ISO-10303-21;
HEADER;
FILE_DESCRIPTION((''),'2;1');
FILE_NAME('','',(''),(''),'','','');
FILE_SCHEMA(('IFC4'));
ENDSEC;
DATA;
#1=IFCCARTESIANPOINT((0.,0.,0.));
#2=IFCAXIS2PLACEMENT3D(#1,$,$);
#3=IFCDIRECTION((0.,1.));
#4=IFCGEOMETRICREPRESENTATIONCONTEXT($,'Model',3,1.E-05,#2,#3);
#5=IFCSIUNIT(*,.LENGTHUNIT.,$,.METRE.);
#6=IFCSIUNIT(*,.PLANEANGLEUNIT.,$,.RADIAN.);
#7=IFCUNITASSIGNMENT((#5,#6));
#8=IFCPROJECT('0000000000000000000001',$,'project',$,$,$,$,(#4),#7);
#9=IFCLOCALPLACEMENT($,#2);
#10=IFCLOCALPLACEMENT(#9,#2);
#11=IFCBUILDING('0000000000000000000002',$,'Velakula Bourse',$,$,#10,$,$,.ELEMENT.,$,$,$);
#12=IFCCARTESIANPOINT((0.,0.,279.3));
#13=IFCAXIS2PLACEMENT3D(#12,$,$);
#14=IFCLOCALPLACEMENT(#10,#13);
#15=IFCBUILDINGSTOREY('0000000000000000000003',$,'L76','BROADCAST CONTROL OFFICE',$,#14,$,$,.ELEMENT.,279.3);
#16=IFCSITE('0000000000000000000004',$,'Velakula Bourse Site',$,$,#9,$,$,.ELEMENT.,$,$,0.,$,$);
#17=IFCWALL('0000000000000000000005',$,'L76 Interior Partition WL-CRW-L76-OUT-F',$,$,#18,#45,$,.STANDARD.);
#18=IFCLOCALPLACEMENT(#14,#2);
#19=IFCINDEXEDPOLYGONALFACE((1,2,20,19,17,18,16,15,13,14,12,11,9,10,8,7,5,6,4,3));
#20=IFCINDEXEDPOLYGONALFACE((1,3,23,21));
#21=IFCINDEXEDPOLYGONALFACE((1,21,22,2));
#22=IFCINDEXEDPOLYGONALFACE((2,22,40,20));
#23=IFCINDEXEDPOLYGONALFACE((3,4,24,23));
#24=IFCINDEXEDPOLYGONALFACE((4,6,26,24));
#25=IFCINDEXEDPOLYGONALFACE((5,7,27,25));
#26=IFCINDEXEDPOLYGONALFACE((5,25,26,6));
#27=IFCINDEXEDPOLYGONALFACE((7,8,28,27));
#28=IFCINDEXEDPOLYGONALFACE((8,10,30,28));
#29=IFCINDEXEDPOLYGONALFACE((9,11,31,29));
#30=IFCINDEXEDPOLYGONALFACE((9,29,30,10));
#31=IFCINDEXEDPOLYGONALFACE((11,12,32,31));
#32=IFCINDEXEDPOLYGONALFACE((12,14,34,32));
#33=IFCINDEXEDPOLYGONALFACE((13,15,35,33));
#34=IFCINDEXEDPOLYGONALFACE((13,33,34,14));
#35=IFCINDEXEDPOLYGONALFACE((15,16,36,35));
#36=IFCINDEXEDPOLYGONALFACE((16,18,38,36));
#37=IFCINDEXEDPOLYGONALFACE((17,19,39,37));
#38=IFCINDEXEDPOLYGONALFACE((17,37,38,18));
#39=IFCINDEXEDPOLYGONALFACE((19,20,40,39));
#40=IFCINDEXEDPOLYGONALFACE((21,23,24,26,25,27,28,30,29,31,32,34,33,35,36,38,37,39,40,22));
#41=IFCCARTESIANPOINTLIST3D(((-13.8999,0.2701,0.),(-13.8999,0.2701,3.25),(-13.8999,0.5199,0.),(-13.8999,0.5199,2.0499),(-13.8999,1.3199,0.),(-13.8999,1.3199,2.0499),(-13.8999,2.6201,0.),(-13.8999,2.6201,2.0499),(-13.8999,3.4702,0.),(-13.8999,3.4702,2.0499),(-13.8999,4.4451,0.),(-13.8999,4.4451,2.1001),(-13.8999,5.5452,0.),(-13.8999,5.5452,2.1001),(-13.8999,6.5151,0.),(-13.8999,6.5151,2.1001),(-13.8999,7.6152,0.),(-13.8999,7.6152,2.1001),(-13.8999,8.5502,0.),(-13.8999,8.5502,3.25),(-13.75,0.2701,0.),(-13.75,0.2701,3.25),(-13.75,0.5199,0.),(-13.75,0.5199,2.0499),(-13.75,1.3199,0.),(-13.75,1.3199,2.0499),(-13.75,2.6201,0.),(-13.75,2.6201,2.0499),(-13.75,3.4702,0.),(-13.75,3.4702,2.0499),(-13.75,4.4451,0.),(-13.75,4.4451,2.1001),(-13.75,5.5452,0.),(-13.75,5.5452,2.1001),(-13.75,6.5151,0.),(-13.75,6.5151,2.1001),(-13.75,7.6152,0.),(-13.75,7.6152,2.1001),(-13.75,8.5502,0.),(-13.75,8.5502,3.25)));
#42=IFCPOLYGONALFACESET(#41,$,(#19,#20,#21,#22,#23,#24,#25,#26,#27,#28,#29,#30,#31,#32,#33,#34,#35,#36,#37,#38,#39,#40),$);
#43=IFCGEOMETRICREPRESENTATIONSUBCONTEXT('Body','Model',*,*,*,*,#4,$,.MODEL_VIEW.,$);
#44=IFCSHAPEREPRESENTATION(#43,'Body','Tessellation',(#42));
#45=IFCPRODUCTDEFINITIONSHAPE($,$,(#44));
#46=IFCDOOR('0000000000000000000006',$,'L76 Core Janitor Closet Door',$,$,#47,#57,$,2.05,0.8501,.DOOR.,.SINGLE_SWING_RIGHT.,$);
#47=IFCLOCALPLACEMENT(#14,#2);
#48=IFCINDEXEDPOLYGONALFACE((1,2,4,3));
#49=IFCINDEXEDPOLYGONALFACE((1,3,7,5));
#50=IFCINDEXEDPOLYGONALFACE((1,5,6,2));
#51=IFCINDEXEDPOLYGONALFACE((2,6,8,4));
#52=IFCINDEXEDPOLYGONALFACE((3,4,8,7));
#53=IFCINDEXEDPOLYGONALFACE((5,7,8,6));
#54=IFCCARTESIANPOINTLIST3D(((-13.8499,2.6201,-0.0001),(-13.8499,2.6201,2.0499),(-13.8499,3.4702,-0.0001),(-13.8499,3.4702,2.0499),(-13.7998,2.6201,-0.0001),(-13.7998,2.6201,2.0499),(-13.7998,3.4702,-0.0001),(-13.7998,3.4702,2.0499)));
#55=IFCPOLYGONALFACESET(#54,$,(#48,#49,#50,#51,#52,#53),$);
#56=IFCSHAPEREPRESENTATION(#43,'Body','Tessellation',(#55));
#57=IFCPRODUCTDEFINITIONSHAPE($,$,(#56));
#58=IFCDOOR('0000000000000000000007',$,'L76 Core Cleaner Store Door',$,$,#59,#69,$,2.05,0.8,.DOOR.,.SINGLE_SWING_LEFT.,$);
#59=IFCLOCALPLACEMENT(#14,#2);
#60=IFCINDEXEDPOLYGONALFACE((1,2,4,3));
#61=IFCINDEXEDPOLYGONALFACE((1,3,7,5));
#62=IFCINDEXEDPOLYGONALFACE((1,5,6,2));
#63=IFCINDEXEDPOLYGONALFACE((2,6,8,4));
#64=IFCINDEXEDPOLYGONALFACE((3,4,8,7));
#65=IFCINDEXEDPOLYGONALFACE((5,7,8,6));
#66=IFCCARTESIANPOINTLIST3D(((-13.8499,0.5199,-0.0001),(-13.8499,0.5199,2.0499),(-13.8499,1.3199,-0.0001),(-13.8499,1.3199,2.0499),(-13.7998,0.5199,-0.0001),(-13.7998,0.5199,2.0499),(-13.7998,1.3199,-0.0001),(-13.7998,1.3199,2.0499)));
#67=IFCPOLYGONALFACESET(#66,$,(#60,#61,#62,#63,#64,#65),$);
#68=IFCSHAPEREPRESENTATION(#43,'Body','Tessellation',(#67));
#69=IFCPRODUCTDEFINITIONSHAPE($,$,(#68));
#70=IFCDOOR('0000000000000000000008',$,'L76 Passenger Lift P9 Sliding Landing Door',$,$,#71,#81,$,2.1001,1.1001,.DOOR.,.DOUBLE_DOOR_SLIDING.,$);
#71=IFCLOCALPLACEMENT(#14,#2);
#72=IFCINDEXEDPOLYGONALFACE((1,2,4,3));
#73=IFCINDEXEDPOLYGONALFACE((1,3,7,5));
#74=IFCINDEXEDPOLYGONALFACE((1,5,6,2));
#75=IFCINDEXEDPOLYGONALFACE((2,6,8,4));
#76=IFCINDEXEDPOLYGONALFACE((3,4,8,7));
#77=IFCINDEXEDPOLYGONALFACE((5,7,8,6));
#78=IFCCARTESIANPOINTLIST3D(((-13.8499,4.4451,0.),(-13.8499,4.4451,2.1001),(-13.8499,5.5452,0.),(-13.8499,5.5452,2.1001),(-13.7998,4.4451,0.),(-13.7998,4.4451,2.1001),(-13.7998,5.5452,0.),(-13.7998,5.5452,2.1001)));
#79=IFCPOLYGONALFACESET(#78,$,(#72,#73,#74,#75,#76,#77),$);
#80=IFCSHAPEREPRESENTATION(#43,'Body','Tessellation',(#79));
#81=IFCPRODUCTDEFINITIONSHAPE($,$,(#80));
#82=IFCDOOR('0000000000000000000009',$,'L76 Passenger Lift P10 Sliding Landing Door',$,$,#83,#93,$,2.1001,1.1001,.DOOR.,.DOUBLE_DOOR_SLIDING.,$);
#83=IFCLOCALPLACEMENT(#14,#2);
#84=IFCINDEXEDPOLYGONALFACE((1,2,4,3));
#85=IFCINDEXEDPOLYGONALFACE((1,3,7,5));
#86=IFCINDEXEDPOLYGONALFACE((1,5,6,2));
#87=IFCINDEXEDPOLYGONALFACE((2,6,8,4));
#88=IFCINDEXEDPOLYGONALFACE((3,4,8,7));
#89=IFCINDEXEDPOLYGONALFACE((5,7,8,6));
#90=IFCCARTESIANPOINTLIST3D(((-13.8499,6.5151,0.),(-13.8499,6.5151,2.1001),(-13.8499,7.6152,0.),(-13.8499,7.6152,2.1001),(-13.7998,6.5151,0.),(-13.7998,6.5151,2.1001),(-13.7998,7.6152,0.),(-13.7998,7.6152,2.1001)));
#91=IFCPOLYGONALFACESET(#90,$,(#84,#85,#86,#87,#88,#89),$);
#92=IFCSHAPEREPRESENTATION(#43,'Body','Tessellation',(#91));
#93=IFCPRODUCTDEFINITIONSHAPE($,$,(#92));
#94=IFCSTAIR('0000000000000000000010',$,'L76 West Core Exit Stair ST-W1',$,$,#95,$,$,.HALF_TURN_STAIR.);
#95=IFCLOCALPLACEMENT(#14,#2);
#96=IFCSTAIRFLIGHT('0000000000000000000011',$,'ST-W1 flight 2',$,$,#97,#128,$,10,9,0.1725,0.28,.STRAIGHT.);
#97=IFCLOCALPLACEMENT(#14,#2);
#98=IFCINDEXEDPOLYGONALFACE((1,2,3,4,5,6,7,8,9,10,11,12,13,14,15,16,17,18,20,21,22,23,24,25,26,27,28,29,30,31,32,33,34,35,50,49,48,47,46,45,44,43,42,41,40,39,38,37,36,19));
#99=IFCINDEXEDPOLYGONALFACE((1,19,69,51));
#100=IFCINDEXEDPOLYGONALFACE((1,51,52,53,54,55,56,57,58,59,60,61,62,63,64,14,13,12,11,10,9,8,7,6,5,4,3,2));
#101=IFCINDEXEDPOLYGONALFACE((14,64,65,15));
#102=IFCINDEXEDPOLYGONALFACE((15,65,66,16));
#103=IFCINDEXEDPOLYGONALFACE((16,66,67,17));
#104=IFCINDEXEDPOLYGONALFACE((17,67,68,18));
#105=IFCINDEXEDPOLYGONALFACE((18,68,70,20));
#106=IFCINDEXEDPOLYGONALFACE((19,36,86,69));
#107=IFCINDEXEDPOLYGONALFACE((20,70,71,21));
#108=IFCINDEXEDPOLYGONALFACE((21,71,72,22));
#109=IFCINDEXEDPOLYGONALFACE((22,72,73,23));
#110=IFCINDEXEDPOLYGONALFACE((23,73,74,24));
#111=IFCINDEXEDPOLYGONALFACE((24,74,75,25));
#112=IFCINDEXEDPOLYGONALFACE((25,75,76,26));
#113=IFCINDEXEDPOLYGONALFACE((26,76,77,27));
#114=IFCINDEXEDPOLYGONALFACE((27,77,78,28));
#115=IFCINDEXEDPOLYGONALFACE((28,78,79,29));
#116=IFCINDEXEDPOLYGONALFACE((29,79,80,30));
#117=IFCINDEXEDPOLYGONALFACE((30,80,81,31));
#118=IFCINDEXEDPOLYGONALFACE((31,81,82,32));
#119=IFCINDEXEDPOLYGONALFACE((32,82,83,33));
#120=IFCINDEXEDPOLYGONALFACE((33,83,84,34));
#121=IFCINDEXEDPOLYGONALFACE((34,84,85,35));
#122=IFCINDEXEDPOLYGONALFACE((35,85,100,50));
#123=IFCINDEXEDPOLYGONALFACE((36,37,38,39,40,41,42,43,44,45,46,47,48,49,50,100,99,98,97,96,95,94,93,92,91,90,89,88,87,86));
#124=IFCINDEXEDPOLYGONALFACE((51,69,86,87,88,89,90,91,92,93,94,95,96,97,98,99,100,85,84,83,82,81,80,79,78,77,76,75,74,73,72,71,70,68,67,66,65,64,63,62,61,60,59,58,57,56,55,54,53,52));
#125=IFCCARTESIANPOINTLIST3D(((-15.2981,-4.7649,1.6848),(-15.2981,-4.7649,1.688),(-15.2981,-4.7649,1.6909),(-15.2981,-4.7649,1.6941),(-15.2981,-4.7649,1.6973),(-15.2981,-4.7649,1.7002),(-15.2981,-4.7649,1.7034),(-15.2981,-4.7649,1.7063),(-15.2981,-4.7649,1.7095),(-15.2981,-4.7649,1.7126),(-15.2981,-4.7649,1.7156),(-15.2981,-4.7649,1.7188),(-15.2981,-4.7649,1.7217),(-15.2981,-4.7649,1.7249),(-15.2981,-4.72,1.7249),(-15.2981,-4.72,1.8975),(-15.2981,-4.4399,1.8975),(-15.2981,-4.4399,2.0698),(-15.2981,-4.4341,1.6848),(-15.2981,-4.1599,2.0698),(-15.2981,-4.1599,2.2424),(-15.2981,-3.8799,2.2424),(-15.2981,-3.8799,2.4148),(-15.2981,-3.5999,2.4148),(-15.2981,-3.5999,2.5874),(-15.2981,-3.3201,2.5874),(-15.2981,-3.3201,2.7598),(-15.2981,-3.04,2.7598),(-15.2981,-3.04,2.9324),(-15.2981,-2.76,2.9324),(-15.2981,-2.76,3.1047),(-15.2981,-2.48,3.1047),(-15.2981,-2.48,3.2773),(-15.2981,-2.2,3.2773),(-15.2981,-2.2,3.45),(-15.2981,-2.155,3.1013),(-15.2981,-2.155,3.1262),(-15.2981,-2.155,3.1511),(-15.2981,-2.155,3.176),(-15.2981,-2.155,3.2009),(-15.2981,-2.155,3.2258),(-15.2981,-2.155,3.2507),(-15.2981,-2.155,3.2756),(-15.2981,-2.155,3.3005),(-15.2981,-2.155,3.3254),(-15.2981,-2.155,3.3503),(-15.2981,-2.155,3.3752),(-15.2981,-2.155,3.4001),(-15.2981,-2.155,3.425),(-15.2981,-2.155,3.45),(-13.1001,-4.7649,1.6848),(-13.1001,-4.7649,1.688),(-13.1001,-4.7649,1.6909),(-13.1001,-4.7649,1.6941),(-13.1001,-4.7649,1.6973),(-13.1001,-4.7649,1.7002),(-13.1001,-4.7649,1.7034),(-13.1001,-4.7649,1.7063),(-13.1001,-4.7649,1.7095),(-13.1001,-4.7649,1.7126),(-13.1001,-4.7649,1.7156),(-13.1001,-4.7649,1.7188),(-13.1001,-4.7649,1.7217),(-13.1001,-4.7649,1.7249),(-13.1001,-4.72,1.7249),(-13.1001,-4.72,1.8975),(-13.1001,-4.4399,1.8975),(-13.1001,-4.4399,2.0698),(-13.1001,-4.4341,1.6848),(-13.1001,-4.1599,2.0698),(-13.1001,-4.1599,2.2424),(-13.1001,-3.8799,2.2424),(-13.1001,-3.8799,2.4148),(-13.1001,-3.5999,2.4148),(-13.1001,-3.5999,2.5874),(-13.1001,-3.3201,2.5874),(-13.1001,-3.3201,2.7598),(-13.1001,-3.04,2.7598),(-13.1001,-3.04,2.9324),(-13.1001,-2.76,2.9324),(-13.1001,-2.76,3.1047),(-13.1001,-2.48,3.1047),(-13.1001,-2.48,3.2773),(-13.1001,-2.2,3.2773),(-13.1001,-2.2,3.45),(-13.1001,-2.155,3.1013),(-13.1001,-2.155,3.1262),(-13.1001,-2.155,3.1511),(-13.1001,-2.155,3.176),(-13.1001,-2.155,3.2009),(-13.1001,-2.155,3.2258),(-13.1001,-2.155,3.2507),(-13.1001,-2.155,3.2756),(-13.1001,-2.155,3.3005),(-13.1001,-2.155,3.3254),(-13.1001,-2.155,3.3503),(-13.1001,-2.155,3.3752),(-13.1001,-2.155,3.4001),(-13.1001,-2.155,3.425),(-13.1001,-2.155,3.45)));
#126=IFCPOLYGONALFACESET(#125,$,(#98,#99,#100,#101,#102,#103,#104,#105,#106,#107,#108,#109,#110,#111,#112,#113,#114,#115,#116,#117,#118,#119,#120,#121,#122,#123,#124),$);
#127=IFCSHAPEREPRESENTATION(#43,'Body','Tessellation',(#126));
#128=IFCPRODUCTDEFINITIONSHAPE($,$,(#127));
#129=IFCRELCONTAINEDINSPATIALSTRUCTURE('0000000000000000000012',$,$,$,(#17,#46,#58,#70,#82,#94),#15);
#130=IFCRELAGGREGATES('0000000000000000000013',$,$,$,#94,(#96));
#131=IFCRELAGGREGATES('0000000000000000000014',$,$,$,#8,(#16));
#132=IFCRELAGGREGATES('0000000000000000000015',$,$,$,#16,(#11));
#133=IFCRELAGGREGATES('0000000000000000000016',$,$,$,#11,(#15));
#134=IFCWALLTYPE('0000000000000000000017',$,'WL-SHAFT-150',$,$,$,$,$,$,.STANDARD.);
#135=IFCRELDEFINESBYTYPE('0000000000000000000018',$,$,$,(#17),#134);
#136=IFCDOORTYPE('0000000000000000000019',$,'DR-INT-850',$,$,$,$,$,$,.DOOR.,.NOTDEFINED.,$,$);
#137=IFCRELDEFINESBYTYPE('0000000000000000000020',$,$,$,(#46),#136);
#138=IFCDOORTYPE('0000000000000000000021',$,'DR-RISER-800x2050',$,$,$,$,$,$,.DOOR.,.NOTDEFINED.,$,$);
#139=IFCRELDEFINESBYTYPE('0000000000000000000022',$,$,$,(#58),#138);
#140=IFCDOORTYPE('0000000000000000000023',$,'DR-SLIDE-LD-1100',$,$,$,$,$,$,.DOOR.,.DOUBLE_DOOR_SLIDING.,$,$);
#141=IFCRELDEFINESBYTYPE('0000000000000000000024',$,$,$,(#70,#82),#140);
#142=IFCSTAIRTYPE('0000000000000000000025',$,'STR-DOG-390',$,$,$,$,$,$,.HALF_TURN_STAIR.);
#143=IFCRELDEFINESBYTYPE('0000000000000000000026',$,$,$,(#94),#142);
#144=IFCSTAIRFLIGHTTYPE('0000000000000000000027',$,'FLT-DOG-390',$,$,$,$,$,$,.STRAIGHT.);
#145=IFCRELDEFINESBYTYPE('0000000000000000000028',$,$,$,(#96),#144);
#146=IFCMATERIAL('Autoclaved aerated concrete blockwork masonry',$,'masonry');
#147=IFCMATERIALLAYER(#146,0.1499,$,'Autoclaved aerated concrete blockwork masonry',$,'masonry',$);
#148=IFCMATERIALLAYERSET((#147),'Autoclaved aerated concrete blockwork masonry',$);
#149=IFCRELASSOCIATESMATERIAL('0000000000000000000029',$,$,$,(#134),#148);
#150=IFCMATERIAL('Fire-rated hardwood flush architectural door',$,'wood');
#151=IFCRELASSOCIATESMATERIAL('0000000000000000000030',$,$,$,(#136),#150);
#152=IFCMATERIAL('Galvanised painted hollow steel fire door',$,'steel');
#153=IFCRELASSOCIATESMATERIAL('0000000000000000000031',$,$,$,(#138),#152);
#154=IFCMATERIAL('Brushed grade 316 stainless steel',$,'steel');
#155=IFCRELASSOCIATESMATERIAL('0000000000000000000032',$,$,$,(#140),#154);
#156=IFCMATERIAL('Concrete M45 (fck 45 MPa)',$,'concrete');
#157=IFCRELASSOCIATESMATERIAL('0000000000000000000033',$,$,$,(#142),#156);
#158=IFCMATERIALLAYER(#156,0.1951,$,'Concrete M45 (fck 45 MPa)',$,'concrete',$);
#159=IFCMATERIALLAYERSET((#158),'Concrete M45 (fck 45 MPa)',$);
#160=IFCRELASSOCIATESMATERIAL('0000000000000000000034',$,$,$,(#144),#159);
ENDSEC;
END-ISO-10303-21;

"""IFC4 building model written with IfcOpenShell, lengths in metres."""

from ifc_helpers import new_model, si_unit, direction, frame, frame_2d, origin, place, context, subcontext, project, spatial, polyline, rectangle, outline, extrude, material, layer, layer_set, type_object, element, fill, aggregate, save


model = new_model("IFC4")

# Units and contexts
model_context = context("Model", 3, precision=1e-05, world=origin(), true_north=direction((0.0, 1.0)))
body_context = subcontext(model_context, "Body", "Model", "MODEL_VIEW")
ifc_project = project(units=[si_unit("LENGTHUNIT", "METRE"), si_unit("PLANEANGLEUNIT", "RADIAN")], contexts=[model_context])

# Site, building, storey
site_placement = place(None, origin())
site = spatial("IfcSite", under=ifc_project, at=site_placement, Name="Velakula Bourse Site", CompositionType="ELEMENT", RefElevation=0.0)
building_placement = place(site_placement, origin())
building = spatial("IfcBuilding", under=site, at=building_placement, Name="Velakula Bourse", CompositionType="ELEMENT")
storey_placement = place(building_placement, frame((0.0, 0.0, 279.3)))
storey = spatial("IfcBuildingStorey", under=building, at=storey_placement, Name="L76", Description="BROADCAST CONTROL OFFICE", CompositionType="ELEMENT", Elevation=279.3)

# Shared definitions
ifc_material_1 = material(Name="Fire-rated hardwood flush architectural door", Category="wood")

# Shared definitions
ifc_material_2 = material(Name="Autoclaved aerated concrete blockwork masonry", Category="masonry")
ifc_layer_1 = layer(ifc_material_2, 0.1499, Name="Autoclaved aerated concrete blockwork masonry", Category="masonry")
ifc_layer_set_1 = layer_set([ifc_layer_1], Name="Autoclaved aerated concrete blockwork masonry")
wall_type_1 = type_object("IfcWallType", Name="WL-SHAFT-150", PredefinedType="STANDARD", material=ifc_layer_set_1)

# Wall, openings, doors
wall_1_placement = place(storey_placement, frame((-13.825, 0.27, 0.0), z_axis=(0.0, 0.0, 1.0), x_axis=(0.0, 1.0, 0.0)))
wall_1 = element("IfcWall", 1, at=wall_1_placement, inside=storey, type_object=wall_type_1, Name="L76 Interior Partition WL-CRW-L76-OUT-F", PredefinedType="STANDARD", context=body_context, shape_type="SweptSolid", body=[
    extrude(rectangle(XDim=8.28, YDim=0.1499, at=frame_2d((4.1401, 0.0))), origin(), (0.0, 0.0, 1.0), 3.25),
])
opening_1_placement = place(wall_1_placement, frame((4.175, 0.0, 0.0)))
opening_1 = element("IfcOpeningElement", 2, at=opening_1_placement, cuts=wall_1, PredefinedType="OPENING", context=body_context, shape_type="SweptSolid", body=[
    extrude(rectangle(XDim=1.1001, YDim=2.1001, at=frame_2d((0.55, 1.05))), frame((0.0, 0.085, 0.0), z_axis=(0.0, -1.0, 0.0), x_axis=(1.0, 0.0, 0.0)), (0.0, 0.0, 1.0), 0.1699),
])
opening_2_placement = place(wall_1_placement, frame((6.2451, 0.0, 0.0)))
opening_2 = element("IfcOpeningElement", 3, at=opening_2_placement, cuts=wall_1, PredefinedType="OPENING", context=body_context, shape_type="SweptSolid", body=[
    extrude(rectangle(XDim=1.1001, YDim=2.1001, at=frame_2d((0.55, 1.05))), frame((0.0, 0.085, 0.0), z_axis=(0.0, -1.0, 0.0), x_axis=(1.0, 0.0, 0.0)), (0.0, 0.0, 1.0), 0.1699),
])
opening_3_placement = place(wall_1_placement, frame((0.25, 0.0, 0.0)))
opening_3 = element("IfcOpeningElement", 4, at=opening_3_placement, cuts=wall_1, PredefinedType="OPENING", context=body_context, shape_type="SweptSolid", body=[
    extrude(rectangle(XDim=0.8, YDim=2.05, at=frame_2d((0.3999, 1.0249))), frame((0.0, 0.085, 0.0), z_axis=(0.0, -1.0, 0.0), x_axis=(1.0, 0.0, 0.0)), (0.0, 0.0, 1.0), 0.1699),
])
opening_4_placement = place(wall_1_placement, frame((2.3501, 0.0, 0.0)))
opening_4 = element("IfcOpeningElement", 5, at=opening_4_placement, cuts=wall_1, PredefinedType="OPENING", context=body_context, shape_type="SweptSolid", body=[
    extrude(rectangle(XDim=0.8501, YDim=2.05, at=frame_2d((0.425, 1.0249))), frame((0.0, 0.085, 0.0), z_axis=(0.0, -1.0, 0.0), x_axis=(1.0, 0.0, 0.0)), (0.0, 0.0, 1.0), 0.1699),
])
door_type_1 = type_object("IfcDoorType", Name="DR-INT-850", OperationType="NOTDEFINED", PredefinedType="DOOR", material=ifc_material_1)
door_1_placement = place(opening_4_placement, origin())
door_1 = element("IfcDoor", 6, at=door_1_placement, inside=storey, type_object=door_type_1, Name="L76 Core Janitor Closet Door", OperationType="SINGLE_SWING_RIGHT", OverallHeight=2.05, OverallWidth=0.8501, PredefinedType="DOOR", context=body_context, shape_type="SweptSolid", body=[
    extrude(rectangle(XDim=0.8501, YDim=2.05, at=frame_2d((0.425, 1.0249))), frame((0.0, 0.0249, 0.0), z_axis=(0.0, -1.0, 0.0), x_axis=(1.0, 0.0, 0.0)), (0.0, 0.0, 1.0), 0.05),
])
fill(opening_4, door_1)
ifc_material_3 = material(Name="Galvanised painted hollow steel fire door", Category="steel")
door_type_2 = type_object("IfcDoorType", Name="DR-RISER-800x2050", OperationType="NOTDEFINED", PredefinedType="DOOR", material=ifc_material_3)
door_2_placement = place(opening_3_placement, origin())
door_2 = element("IfcDoor", 7, at=door_2_placement, inside=storey, type_object=door_type_2, Name="L76 Core Cleaner Store Door", OperationType="SINGLE_SWING_LEFT", OverallHeight=2.05, OverallWidth=0.8, PredefinedType="DOOR", context=body_context, shape_type="SweptSolid", body=[
    extrude(rectangle(XDim=0.8, YDim=2.05, at=frame_2d((0.3999, 1.0249))), frame((0.0, 0.0249, 0.0), z_axis=(0.0, -1.0, 0.0), x_axis=(1.0, 0.0, 0.0)), (0.0, 0.0, 1.0), 0.05),
])
fill(opening_3, door_2)
ifc_material_4 = material(Name="Brushed grade 316 stainless steel", Category="steel")
door_type_3 = type_object("IfcDoorType", Name="DR-SLIDE-LD-1100", OperationType="DOUBLE_DOOR_SLIDING", PredefinedType="DOOR", material=ifc_material_4)
door_3_placement = place(opening_1_placement, origin())
door_3 = element("IfcDoor", 8, at=door_3_placement, inside=storey, type_object=door_type_3, Name="L76 Passenger Lift P9 Sliding Landing Door", OperationType="DOUBLE_DOOR_SLIDING", OverallHeight=2.1001, OverallWidth=1.1001, PredefinedType="DOOR", context=body_context, shape_type="SweptSolid", body=[
    extrude(rectangle(XDim=1.1001, YDim=2.1001, at=frame_2d((0.55, 1.05))), frame((0.0, 0.0249, 0.0), z_axis=(0.0, -1.0, 0.0), x_axis=(1.0, 0.0, 0.0)), (0.0, 0.0, 1.0), 0.05),
])
fill(opening_1, door_3)
door_4_placement = place(opening_2_placement, origin())
door_4 = element("IfcDoor", 9, at=door_4_placement, inside=storey, type_object=door_type_3, Name="L76 Passenger Lift P10 Sliding Landing Door", OperationType="DOUBLE_DOOR_SLIDING", OverallHeight=2.1001, OverallWidth=1.1001, PredefinedType="DOOR", context=body_context, shape_type="SweptSolid", body=[
    extrude(rectangle(XDim=1.1001, YDim=2.1001, at=frame_2d((0.55, 1.05))), frame((0.0, 0.0249, 0.0), z_axis=(0.0, -1.0, 0.0), x_axis=(1.0, 0.0, 0.0)), (0.0, 0.0, 1.0), 0.05),
])
fill(opening_2, door_4)

# Stair, stair flight
ifc_material_5 = material(Name="Concrete M45 (fck 45 MPa)", Category="concrete")
stair_type = type_object("IfcStairType", Name="STR-DOG-390", PredefinedType="HALF_TURN_STAIR", material=ifc_material_5)
stair_placement = place(storey_placement, origin())
stair = element("IfcStair", 10, at=stair_placement, inside=storey, type_object=stair_type, Name="L76 West Core Exit Stair ST-W1", PredefinedType="HALF_TURN_STAIR")
ifc_layer_2 = layer(ifc_material_5, 0.1951, Name="Concrete M45 (fck 45 MPa)", Category="concrete")
ifc_layer_set_2 = layer_set([ifc_layer_2], Name="Concrete M45 (fck 45 MPa)")
stair_flight_type = type_object("IfcStairFlightType", Name="FLT-DOG-390", PredefinedType="STRAIGHT", material=ifc_layer_set_2)
stair_flight_placement = place(storey_placement, frame((-14.199, -4.72, 1.7249), z_axis=(0.0, 0.0, 1.0), x_axis=(0.0, 1.0, 0.0)))
stair_flight = element("IfcStairFlight", 11, at=stair_flight_placement, type_object=stair_flight_type, Name="ST-W1 flight 2", NumberOfRisers=10, NumberOfTreads=9, PredefinedType="STRAIGHT", RiserHeight=0.1725, TreadLength=0.28, context=body_context, shape_type="SweptSolid", body=[
    extrude(outline(polyline([(-0.0449, -0.04), (-0.0449, -0.0369), (-0.0449, -0.0339), (-0.0449, -0.0308), (-0.0449, -0.0276), (-0.0449, -0.0247), (-0.0449, -0.0215), (-0.0449, -0.0186), (-0.0449, -0.0154), (-0.0449, -0.0122), (-0.0449, -0.0093), (-0.0449, -0.0061), (-0.0449, -0.0032), (-0.0449, 0.0), (0.0, 0.0), (0.0, 0.1726), (0.28, 0.1726), (0.28, 0.345), (0.5601, 0.345), (0.5601, 0.5176), (0.8401, 0.5176), (0.8401, 0.6899), (1.1201, 0.6899), (1.1201, 0.8625), (1.3999, 0.8625), (1.3999, 1.0349), (1.6799, 1.0349), (1.6799, 1.2075), (1.96, 1.2075), (1.96, 1.3799), (2.24, 1.3799), (2.24, 1.5525), (2.52, 1.5525), (2.52, 1.7251), (2.5649, 1.7251), (2.5649, 1.7002), (2.5649, 1.6753), (2.5649, 1.6504), (2.5649, 1.6255), (2.5649, 1.6006), (2.5649, 1.5757), (2.5649, 1.5508), (2.5649, 1.5259), (2.5649, 1.501), (2.5649, 1.4761), (2.5649, 1.4512), (2.5649, 1.4263), (2.5649, 1.4014), (2.5649, 1.3765), (0.2859, -0.04), (-0.0449, -0.04)])), frame((0.0, 1.0991, 0.0), z_axis=(0.0, -1.0, 0.0), x_axis=(1.0, 0.0, 0.0)), (0.0, 0.0, 1.0), 2.198),
])
aggregate(stair, [stair_flight])

save(model, "model.ifc")
